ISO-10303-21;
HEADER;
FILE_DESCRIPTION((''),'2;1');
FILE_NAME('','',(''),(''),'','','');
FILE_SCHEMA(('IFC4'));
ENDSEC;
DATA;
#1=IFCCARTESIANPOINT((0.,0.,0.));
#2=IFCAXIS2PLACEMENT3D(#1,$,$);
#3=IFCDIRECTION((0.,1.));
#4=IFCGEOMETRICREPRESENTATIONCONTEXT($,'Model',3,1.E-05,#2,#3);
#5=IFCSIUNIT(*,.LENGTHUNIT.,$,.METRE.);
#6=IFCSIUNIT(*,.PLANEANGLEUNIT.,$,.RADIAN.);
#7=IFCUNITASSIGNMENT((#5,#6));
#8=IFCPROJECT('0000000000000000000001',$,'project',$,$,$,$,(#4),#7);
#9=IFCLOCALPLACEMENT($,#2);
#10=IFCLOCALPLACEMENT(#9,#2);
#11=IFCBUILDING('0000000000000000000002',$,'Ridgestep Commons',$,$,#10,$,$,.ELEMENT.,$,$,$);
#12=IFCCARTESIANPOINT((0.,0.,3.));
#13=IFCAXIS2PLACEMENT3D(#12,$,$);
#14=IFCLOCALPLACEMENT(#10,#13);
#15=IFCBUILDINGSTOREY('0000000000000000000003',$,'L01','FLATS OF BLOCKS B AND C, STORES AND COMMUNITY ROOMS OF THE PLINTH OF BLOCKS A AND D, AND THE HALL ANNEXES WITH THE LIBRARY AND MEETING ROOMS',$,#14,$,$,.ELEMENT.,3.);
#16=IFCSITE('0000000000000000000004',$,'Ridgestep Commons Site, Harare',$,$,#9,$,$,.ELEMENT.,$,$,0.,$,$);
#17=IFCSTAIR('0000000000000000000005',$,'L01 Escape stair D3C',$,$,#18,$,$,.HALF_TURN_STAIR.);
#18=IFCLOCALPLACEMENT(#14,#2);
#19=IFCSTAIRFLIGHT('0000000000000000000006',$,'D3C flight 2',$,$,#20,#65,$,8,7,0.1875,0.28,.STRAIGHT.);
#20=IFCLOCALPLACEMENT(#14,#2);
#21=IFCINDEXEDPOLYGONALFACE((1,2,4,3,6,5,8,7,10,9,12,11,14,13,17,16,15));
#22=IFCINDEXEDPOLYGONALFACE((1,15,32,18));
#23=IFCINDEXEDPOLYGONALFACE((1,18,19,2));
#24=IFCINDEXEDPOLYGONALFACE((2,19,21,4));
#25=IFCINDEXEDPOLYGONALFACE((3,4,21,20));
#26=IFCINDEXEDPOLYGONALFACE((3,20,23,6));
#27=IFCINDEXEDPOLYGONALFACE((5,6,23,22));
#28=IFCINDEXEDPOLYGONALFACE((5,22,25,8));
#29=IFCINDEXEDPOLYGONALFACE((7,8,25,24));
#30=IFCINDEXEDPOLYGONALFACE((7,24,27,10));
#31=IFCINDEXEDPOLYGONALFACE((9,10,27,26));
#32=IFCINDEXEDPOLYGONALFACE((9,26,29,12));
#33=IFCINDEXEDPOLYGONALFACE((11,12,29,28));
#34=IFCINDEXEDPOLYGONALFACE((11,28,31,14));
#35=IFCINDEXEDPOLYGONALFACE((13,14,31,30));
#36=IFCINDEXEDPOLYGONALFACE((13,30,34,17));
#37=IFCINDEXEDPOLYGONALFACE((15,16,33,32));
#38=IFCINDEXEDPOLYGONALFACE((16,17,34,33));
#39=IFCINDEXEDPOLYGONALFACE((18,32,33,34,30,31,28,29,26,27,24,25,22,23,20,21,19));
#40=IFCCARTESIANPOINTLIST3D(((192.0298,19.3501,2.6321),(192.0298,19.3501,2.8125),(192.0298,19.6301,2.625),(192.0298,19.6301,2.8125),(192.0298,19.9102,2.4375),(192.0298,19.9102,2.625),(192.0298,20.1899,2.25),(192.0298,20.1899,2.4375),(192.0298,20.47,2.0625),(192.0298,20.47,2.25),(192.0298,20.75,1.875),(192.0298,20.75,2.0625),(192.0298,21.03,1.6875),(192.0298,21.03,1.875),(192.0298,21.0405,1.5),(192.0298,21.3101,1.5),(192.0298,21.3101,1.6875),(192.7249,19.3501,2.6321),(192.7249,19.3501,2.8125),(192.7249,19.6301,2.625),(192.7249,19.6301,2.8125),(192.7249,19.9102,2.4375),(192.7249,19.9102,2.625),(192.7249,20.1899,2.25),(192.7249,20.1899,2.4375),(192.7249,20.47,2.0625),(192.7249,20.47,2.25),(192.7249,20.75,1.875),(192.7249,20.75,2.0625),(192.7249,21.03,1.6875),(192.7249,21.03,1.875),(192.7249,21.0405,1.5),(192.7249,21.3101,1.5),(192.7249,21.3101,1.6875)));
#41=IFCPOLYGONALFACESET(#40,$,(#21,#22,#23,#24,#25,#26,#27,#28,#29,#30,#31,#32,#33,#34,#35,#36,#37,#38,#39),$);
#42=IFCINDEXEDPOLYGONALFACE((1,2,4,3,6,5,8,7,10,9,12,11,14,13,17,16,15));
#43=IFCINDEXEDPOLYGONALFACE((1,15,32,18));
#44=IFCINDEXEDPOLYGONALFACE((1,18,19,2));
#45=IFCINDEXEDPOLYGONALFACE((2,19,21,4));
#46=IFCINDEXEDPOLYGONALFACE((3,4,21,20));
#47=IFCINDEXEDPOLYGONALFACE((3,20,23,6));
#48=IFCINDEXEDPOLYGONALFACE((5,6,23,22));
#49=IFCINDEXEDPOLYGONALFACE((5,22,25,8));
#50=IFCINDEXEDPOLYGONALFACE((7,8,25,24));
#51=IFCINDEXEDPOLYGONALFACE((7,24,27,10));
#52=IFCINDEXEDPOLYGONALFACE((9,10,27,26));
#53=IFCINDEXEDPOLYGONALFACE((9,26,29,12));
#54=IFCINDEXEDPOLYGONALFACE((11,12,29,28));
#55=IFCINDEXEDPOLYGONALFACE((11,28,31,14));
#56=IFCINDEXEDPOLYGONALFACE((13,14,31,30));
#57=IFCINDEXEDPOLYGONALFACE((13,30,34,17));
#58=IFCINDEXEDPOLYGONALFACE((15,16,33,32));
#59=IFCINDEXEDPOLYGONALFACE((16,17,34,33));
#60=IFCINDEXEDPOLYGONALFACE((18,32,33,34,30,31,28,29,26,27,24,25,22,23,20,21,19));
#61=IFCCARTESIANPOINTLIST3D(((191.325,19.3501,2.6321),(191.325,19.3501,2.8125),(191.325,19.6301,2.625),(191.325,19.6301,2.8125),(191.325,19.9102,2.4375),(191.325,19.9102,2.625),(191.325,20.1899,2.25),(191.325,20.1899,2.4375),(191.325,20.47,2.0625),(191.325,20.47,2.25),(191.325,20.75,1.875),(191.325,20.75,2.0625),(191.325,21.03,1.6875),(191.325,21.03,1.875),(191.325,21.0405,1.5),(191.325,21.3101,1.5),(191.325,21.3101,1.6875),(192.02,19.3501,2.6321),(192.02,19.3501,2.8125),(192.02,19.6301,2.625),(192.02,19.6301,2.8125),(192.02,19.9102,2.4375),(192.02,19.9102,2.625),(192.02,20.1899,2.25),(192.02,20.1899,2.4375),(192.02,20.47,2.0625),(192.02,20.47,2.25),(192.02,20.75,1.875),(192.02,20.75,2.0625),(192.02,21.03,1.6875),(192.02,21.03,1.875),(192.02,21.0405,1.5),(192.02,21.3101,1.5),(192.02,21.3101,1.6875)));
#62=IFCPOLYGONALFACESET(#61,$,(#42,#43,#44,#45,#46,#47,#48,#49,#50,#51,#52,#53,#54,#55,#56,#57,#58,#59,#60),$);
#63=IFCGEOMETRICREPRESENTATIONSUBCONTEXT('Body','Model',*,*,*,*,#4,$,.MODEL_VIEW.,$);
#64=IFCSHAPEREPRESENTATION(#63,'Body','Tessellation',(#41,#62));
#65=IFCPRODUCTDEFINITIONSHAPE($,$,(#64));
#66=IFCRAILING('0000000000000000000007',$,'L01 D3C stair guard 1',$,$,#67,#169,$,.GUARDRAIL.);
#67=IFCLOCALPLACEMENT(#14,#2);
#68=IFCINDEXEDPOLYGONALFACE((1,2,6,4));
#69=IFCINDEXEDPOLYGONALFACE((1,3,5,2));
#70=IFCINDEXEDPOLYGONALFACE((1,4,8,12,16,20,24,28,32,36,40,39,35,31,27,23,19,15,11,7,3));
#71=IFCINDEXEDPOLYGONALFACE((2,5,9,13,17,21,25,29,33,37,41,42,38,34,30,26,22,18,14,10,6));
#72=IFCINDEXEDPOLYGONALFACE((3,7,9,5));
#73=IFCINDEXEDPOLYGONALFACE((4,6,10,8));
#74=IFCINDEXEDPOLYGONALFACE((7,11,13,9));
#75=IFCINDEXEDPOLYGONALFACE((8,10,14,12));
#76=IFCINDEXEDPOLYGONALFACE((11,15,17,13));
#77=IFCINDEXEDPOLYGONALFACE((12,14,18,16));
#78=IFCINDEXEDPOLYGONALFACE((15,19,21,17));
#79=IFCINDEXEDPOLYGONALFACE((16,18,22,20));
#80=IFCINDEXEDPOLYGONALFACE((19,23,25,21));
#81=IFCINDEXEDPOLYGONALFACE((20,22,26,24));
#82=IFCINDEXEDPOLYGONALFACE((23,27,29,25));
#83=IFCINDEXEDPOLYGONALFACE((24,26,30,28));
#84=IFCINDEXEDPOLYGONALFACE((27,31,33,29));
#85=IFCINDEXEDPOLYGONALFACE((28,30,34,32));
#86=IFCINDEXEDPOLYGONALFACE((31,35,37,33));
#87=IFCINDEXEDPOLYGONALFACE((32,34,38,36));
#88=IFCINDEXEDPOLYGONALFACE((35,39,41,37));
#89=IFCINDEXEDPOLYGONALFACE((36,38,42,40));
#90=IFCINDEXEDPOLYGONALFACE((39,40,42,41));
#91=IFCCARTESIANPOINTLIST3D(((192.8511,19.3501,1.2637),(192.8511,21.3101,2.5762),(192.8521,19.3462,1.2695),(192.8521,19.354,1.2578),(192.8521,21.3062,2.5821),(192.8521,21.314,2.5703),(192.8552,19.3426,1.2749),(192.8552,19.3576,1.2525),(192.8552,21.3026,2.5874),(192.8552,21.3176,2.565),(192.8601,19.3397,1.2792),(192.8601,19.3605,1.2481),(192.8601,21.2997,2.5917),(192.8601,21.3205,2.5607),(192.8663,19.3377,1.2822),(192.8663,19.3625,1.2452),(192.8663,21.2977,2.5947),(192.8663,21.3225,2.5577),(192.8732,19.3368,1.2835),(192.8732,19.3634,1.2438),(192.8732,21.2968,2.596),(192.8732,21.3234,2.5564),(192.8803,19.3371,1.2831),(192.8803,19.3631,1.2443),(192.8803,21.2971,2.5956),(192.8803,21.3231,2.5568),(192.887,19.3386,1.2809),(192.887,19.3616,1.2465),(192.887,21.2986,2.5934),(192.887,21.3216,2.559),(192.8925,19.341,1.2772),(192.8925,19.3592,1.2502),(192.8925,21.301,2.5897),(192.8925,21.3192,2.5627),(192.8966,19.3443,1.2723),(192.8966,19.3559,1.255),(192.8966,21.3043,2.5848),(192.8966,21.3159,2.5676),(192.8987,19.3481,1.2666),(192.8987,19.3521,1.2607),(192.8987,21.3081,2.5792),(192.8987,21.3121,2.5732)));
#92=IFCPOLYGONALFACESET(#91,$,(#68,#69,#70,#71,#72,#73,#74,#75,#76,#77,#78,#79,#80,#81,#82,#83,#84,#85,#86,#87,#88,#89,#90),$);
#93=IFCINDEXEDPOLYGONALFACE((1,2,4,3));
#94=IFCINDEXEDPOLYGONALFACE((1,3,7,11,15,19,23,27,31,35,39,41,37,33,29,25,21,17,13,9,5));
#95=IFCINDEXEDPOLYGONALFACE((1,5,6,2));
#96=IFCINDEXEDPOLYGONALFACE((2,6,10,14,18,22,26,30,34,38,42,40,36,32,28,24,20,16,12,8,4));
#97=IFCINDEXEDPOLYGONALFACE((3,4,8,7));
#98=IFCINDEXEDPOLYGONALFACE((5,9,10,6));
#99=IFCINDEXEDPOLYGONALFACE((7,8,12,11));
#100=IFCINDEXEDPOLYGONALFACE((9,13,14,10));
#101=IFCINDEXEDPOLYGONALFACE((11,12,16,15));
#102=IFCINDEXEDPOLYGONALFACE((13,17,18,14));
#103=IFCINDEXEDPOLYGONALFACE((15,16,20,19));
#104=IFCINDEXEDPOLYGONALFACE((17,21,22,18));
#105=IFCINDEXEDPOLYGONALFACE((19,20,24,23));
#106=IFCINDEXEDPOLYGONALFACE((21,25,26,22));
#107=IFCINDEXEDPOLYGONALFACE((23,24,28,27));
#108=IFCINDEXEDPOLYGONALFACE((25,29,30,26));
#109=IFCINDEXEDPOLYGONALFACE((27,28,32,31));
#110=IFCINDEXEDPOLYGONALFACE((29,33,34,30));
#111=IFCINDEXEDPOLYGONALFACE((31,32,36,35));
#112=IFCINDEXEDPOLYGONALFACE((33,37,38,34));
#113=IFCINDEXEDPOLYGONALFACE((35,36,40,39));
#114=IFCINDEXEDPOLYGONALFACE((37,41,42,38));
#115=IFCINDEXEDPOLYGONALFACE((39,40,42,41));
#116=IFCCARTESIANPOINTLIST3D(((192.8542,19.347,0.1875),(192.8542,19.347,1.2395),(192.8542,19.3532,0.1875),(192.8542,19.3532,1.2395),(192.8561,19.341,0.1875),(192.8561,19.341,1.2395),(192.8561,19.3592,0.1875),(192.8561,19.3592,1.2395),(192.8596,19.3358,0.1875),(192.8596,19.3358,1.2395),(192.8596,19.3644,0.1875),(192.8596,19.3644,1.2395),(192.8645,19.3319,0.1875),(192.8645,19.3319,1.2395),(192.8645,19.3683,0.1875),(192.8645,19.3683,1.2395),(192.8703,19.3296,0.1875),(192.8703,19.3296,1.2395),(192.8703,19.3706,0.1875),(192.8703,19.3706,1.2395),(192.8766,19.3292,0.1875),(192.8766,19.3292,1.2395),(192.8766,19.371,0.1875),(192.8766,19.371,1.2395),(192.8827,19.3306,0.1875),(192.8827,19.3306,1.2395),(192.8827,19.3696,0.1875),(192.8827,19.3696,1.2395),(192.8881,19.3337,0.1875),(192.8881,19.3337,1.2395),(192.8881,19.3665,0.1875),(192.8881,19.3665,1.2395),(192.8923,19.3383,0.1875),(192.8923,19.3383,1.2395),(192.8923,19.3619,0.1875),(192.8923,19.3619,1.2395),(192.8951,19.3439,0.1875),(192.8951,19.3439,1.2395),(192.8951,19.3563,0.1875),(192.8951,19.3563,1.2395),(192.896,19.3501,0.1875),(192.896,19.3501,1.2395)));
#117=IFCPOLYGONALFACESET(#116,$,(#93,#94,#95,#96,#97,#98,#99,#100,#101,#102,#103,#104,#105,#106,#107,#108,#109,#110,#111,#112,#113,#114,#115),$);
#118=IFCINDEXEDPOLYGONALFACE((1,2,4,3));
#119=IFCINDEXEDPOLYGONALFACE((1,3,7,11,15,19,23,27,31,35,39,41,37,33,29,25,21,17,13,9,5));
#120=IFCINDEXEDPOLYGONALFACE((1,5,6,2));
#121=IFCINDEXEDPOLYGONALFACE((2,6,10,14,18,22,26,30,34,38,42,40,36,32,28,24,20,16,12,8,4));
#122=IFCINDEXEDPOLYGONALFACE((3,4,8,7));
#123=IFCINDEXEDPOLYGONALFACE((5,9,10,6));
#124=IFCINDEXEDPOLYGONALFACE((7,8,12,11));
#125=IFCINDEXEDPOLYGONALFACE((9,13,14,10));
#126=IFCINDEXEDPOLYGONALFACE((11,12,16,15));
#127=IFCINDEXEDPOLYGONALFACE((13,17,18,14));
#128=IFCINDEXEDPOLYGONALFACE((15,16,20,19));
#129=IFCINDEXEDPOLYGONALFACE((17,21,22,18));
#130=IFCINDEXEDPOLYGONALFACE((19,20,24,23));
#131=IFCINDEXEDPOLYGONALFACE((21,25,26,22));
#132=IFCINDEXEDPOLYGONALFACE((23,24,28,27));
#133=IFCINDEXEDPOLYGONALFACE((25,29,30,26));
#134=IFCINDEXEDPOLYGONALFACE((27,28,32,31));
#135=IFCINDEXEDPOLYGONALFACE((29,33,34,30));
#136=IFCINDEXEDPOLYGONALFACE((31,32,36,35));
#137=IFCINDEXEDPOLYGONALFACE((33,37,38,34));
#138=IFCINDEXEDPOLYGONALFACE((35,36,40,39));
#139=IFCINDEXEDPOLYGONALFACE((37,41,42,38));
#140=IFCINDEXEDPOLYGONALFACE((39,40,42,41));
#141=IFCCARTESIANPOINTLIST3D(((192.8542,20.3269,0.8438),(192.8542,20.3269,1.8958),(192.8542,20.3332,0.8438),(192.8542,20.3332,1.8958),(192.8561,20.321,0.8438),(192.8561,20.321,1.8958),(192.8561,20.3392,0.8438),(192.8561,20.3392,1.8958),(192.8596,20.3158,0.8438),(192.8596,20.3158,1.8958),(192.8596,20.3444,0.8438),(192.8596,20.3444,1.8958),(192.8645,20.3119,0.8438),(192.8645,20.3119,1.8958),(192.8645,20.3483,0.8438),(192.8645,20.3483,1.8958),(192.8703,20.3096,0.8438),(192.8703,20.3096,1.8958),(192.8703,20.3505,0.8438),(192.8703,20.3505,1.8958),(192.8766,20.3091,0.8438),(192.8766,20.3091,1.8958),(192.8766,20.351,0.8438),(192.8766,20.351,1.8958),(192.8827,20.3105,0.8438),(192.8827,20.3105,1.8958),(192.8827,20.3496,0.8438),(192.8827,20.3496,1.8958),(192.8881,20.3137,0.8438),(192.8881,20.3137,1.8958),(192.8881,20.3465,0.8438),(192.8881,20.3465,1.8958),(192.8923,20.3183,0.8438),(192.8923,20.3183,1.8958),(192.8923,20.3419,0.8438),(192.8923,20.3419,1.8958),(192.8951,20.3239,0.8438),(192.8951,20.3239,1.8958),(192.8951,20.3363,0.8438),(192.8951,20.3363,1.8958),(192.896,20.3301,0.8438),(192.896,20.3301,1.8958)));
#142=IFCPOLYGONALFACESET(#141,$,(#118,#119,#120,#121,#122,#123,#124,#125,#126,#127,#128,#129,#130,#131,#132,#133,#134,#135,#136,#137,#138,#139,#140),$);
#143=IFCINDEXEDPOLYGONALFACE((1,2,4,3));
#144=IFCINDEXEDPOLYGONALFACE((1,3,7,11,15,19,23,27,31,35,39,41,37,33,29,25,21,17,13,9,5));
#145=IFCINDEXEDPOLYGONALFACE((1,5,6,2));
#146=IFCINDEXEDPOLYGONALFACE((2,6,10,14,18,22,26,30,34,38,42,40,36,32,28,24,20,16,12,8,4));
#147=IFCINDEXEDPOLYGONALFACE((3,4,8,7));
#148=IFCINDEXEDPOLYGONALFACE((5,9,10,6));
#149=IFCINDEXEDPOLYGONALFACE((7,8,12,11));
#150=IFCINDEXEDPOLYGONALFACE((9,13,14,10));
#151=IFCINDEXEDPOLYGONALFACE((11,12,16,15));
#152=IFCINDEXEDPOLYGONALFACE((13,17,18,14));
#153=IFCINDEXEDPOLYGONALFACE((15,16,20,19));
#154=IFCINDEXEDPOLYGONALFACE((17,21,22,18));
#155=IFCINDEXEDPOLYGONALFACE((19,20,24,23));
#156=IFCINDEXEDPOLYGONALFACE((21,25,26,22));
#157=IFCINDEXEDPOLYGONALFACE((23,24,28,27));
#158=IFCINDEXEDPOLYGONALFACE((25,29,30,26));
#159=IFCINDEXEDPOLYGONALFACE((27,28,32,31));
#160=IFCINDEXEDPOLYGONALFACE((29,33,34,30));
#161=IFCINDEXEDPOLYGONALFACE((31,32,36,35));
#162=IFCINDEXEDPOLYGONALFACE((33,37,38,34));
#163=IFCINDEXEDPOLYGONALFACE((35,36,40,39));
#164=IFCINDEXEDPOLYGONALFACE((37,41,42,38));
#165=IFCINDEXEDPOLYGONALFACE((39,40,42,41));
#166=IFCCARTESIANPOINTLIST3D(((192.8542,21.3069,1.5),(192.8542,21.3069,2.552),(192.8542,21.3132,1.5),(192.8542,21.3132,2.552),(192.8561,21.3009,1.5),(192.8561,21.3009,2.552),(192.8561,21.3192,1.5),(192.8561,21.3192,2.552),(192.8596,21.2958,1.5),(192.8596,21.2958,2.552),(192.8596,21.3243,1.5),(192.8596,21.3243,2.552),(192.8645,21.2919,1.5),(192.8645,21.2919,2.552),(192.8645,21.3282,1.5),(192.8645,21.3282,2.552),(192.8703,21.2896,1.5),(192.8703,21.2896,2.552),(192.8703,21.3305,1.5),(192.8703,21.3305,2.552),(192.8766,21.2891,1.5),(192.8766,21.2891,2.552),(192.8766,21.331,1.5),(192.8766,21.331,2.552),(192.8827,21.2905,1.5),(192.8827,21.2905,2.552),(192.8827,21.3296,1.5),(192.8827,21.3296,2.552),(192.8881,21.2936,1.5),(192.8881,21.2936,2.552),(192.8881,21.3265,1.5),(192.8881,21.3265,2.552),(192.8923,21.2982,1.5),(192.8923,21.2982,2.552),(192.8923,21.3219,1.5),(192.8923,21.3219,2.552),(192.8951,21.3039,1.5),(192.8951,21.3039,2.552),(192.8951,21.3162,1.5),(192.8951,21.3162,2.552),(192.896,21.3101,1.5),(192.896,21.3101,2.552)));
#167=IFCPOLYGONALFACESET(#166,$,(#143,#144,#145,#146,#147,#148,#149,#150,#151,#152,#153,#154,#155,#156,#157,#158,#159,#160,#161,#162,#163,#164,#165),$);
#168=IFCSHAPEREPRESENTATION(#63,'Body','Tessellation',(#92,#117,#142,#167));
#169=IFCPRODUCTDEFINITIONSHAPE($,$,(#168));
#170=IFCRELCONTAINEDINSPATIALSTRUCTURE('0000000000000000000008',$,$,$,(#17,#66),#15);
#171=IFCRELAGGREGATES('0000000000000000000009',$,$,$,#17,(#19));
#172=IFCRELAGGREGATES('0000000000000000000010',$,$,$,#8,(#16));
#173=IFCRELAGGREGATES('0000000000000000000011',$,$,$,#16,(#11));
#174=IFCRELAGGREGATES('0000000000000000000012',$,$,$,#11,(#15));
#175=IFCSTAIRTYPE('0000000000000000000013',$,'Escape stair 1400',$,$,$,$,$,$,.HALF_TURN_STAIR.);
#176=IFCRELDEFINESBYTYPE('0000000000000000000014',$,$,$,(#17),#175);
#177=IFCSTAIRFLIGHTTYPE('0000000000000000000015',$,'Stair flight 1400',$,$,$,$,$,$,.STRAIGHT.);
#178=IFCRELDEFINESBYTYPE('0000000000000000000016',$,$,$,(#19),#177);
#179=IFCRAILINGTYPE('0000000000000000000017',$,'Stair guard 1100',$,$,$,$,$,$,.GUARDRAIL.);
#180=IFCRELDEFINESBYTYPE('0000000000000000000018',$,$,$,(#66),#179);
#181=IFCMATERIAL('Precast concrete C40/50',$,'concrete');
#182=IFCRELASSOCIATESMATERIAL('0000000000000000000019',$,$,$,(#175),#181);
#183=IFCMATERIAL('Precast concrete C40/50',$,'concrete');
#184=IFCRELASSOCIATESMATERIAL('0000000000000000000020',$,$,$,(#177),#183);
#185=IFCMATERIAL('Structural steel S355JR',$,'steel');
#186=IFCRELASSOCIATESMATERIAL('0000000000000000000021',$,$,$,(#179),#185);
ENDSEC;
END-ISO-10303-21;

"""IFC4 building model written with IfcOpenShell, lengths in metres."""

from ifc_helpers import new_model, si_unit, direction, frame, origin, origin_2d, place, context, subcontext, project, spatial, polyline, circle, outline, extrude, material, type_object, element, aggregate, save


model = new_model("IFC4")

# Units and contexts
model_context = context("Model", 3, precision=1e-05, world=origin(), true_north=direction((0.0, 1.0)))
body_context = subcontext(model_context, "Body", "Model", "MODEL_VIEW")
ifc_project = project(units=[si_unit("LENGTHUNIT", "METRE"), si_unit("PLANEANGLEUNIT", "RADIAN")], contexts=[model_context])

# Site, building, storey
site_placement = place(None, origin())
site = spatial("IfcSite", under=ifc_project, at=site_placement, Name="Ridgestep Commons Site, Harare", CompositionType="ELEMENT", RefElevation=0.0)
building_placement = place(site_placement, origin())
building = spatial("IfcBuilding", under=site, at=building_placement, Name="Ridgestep Commons", CompositionType="ELEMENT")
storey_placement = place(building_placement, frame((0.0, 0.0, 3.0)))
storey = spatial("IfcBuildingStorey", under=building, at=storey_placement, Name="L01", Description="FLATS OF BLOCKS B AND C, STORES AND COMMUNITY ROOMS OF THE PLINTH OF BLOCKS A AND D, AND THE HALL ANNEXES WITH THE LIBRARY AND MEETING ROOMS", CompositionType="ELEMENT", Elevation=3.0)

# Stair, stair flight
ifc_material_1 = material(Name="Precast concrete C40/50", Category="concrete")
stair_type = type_object("IfcStairType", Name="Escape stair 1400", PredefinedType="HALF_TURN_STAIR", material=ifc_material_1)
stair_placement = place(storey_placement, origin())
stair = element("IfcStair", 1, at=stair_placement, inside=storey, type_object=stair_type, Name="L01 Escape stair D3C", PredefinedType="HALF_TURN_STAIR")
ifc_material_2 = material(Name="Precast concrete C40/50", Category="concrete")
stair_flight_type = type_object("IfcStairFlightType", Name="Stair flight 1400", PredefinedType="STRAIGHT", material=ifc_material_2)
stair_flight_1_placement = place(storey_placement, frame((192.0249, 21.3101, 1.5), z_axis=(0.0, 0.0, 1.0), x_axis=(0.0, -1.0, 0.0)))
stair_flight_1 = element("IfcStairFlight", 2, at=stair_flight_1_placement, type_object=stair_flight_type, Name="D3C flight 2", NumberOfRisers=8, NumberOfTreads=7, PredefinedType="STRAIGHT", RiserHeight=0.1875, TreadLength=0.28, context=body_context, shape_type="SweptSolid", body=[
    extrude(outline(polyline([(0.0, 0.0), (0.0, 0.1875), (0.28, 0.1875), (0.28, 0.375), (0.5601, 0.375), (0.5601, 0.5625), (0.8401, 0.5625), (0.8401, 0.75), (1.1201, 0.75), (1.1201, 0.9375), (1.3999, 0.9375), (1.3999, 1.125), (1.6799, 1.125), (1.6799, 1.3125), (1.96, 1.3125), (1.96, 1.5), (1.96, 1.1321), (0.2695, 0.0), (0.0, 0.0)])), frame((0.0, 0.7, 0.0), z_axis=(0.0, -1.0, 0.0), x_axis=(1.0, 0.0, 0.0)), (0.0, 0.0, 1.0), 0.6951),
    extrude(outline(polyline([(0.0, 0.0), (0.0, 0.1875), (0.28, 0.1875), (0.28, 0.375), (0.5601, 0.375), (0.5601, 0.5625), (0.8401, 0.5625), (0.8401, 0.75), (1.1201, 0.75), (1.1201, 0.9375), (1.3999, 0.9375), (1.3999, 1.125), (1.6799, 1.125), (1.6799, 1.3125), (1.96, 1.3125), (1.96, 1.5), (1.96, 1.1321), (0.2695, 0.0), (0.0, 0.0)])), frame((0.0, -0.0049, 0.0), z_axis=(0.0, -1.0, 0.0), x_axis=(1.0, 0.0, 0.0)), (0.0, 0.0, 1.0), 0.6951),
])
aggregate(stair, [stair_flight_1])

# Railing
ifc_material_3 = material(Name="Structural steel S355JR", Category="steel")
railing_type_1 = type_object("IfcRailingType", Name="Stair guard 1100", PredefinedType="GUARDRAIL", material=ifc_material_3)
railing_1_placement = place(storey_placement, frame((192.875, 19.3501, 0.1875)))
element("IfcRailing", 3, at=railing_1_placement, inside=storey, type_object=railing_type_1, Name="L01 D3C stair guard 1", PredefinedType="GUARDRAIL", context=body_context, shape_type="SweptSolid", body=[
    extrude(circle(Radius=0.0239, at=origin_2d()), frame((0.0, 0.0, 1.0762), z_axis=(0.0, 0.830902, 0.556419), x_axis=(-1.0, 0.0, 0.0)), (0.0, 0.0, 1.0), 2.3589),
    extrude(circle(Radius=0.021, at=origin_2d()), origin(), (0.0, 0.0, 1.0), 1.052),
    extrude(circle(Radius=0.021, at=origin_2d()), frame((0.0, 0.98, 0.6562)), (0.0, 0.0, 1.0), 1.052),
    extrude(circle(Radius=0.021, at=origin_2d()), frame((0.0, 1.96, 1.3125)), (0.0, 0.0, 1.0), 1.052),
])

save(model, "model.ifc")
